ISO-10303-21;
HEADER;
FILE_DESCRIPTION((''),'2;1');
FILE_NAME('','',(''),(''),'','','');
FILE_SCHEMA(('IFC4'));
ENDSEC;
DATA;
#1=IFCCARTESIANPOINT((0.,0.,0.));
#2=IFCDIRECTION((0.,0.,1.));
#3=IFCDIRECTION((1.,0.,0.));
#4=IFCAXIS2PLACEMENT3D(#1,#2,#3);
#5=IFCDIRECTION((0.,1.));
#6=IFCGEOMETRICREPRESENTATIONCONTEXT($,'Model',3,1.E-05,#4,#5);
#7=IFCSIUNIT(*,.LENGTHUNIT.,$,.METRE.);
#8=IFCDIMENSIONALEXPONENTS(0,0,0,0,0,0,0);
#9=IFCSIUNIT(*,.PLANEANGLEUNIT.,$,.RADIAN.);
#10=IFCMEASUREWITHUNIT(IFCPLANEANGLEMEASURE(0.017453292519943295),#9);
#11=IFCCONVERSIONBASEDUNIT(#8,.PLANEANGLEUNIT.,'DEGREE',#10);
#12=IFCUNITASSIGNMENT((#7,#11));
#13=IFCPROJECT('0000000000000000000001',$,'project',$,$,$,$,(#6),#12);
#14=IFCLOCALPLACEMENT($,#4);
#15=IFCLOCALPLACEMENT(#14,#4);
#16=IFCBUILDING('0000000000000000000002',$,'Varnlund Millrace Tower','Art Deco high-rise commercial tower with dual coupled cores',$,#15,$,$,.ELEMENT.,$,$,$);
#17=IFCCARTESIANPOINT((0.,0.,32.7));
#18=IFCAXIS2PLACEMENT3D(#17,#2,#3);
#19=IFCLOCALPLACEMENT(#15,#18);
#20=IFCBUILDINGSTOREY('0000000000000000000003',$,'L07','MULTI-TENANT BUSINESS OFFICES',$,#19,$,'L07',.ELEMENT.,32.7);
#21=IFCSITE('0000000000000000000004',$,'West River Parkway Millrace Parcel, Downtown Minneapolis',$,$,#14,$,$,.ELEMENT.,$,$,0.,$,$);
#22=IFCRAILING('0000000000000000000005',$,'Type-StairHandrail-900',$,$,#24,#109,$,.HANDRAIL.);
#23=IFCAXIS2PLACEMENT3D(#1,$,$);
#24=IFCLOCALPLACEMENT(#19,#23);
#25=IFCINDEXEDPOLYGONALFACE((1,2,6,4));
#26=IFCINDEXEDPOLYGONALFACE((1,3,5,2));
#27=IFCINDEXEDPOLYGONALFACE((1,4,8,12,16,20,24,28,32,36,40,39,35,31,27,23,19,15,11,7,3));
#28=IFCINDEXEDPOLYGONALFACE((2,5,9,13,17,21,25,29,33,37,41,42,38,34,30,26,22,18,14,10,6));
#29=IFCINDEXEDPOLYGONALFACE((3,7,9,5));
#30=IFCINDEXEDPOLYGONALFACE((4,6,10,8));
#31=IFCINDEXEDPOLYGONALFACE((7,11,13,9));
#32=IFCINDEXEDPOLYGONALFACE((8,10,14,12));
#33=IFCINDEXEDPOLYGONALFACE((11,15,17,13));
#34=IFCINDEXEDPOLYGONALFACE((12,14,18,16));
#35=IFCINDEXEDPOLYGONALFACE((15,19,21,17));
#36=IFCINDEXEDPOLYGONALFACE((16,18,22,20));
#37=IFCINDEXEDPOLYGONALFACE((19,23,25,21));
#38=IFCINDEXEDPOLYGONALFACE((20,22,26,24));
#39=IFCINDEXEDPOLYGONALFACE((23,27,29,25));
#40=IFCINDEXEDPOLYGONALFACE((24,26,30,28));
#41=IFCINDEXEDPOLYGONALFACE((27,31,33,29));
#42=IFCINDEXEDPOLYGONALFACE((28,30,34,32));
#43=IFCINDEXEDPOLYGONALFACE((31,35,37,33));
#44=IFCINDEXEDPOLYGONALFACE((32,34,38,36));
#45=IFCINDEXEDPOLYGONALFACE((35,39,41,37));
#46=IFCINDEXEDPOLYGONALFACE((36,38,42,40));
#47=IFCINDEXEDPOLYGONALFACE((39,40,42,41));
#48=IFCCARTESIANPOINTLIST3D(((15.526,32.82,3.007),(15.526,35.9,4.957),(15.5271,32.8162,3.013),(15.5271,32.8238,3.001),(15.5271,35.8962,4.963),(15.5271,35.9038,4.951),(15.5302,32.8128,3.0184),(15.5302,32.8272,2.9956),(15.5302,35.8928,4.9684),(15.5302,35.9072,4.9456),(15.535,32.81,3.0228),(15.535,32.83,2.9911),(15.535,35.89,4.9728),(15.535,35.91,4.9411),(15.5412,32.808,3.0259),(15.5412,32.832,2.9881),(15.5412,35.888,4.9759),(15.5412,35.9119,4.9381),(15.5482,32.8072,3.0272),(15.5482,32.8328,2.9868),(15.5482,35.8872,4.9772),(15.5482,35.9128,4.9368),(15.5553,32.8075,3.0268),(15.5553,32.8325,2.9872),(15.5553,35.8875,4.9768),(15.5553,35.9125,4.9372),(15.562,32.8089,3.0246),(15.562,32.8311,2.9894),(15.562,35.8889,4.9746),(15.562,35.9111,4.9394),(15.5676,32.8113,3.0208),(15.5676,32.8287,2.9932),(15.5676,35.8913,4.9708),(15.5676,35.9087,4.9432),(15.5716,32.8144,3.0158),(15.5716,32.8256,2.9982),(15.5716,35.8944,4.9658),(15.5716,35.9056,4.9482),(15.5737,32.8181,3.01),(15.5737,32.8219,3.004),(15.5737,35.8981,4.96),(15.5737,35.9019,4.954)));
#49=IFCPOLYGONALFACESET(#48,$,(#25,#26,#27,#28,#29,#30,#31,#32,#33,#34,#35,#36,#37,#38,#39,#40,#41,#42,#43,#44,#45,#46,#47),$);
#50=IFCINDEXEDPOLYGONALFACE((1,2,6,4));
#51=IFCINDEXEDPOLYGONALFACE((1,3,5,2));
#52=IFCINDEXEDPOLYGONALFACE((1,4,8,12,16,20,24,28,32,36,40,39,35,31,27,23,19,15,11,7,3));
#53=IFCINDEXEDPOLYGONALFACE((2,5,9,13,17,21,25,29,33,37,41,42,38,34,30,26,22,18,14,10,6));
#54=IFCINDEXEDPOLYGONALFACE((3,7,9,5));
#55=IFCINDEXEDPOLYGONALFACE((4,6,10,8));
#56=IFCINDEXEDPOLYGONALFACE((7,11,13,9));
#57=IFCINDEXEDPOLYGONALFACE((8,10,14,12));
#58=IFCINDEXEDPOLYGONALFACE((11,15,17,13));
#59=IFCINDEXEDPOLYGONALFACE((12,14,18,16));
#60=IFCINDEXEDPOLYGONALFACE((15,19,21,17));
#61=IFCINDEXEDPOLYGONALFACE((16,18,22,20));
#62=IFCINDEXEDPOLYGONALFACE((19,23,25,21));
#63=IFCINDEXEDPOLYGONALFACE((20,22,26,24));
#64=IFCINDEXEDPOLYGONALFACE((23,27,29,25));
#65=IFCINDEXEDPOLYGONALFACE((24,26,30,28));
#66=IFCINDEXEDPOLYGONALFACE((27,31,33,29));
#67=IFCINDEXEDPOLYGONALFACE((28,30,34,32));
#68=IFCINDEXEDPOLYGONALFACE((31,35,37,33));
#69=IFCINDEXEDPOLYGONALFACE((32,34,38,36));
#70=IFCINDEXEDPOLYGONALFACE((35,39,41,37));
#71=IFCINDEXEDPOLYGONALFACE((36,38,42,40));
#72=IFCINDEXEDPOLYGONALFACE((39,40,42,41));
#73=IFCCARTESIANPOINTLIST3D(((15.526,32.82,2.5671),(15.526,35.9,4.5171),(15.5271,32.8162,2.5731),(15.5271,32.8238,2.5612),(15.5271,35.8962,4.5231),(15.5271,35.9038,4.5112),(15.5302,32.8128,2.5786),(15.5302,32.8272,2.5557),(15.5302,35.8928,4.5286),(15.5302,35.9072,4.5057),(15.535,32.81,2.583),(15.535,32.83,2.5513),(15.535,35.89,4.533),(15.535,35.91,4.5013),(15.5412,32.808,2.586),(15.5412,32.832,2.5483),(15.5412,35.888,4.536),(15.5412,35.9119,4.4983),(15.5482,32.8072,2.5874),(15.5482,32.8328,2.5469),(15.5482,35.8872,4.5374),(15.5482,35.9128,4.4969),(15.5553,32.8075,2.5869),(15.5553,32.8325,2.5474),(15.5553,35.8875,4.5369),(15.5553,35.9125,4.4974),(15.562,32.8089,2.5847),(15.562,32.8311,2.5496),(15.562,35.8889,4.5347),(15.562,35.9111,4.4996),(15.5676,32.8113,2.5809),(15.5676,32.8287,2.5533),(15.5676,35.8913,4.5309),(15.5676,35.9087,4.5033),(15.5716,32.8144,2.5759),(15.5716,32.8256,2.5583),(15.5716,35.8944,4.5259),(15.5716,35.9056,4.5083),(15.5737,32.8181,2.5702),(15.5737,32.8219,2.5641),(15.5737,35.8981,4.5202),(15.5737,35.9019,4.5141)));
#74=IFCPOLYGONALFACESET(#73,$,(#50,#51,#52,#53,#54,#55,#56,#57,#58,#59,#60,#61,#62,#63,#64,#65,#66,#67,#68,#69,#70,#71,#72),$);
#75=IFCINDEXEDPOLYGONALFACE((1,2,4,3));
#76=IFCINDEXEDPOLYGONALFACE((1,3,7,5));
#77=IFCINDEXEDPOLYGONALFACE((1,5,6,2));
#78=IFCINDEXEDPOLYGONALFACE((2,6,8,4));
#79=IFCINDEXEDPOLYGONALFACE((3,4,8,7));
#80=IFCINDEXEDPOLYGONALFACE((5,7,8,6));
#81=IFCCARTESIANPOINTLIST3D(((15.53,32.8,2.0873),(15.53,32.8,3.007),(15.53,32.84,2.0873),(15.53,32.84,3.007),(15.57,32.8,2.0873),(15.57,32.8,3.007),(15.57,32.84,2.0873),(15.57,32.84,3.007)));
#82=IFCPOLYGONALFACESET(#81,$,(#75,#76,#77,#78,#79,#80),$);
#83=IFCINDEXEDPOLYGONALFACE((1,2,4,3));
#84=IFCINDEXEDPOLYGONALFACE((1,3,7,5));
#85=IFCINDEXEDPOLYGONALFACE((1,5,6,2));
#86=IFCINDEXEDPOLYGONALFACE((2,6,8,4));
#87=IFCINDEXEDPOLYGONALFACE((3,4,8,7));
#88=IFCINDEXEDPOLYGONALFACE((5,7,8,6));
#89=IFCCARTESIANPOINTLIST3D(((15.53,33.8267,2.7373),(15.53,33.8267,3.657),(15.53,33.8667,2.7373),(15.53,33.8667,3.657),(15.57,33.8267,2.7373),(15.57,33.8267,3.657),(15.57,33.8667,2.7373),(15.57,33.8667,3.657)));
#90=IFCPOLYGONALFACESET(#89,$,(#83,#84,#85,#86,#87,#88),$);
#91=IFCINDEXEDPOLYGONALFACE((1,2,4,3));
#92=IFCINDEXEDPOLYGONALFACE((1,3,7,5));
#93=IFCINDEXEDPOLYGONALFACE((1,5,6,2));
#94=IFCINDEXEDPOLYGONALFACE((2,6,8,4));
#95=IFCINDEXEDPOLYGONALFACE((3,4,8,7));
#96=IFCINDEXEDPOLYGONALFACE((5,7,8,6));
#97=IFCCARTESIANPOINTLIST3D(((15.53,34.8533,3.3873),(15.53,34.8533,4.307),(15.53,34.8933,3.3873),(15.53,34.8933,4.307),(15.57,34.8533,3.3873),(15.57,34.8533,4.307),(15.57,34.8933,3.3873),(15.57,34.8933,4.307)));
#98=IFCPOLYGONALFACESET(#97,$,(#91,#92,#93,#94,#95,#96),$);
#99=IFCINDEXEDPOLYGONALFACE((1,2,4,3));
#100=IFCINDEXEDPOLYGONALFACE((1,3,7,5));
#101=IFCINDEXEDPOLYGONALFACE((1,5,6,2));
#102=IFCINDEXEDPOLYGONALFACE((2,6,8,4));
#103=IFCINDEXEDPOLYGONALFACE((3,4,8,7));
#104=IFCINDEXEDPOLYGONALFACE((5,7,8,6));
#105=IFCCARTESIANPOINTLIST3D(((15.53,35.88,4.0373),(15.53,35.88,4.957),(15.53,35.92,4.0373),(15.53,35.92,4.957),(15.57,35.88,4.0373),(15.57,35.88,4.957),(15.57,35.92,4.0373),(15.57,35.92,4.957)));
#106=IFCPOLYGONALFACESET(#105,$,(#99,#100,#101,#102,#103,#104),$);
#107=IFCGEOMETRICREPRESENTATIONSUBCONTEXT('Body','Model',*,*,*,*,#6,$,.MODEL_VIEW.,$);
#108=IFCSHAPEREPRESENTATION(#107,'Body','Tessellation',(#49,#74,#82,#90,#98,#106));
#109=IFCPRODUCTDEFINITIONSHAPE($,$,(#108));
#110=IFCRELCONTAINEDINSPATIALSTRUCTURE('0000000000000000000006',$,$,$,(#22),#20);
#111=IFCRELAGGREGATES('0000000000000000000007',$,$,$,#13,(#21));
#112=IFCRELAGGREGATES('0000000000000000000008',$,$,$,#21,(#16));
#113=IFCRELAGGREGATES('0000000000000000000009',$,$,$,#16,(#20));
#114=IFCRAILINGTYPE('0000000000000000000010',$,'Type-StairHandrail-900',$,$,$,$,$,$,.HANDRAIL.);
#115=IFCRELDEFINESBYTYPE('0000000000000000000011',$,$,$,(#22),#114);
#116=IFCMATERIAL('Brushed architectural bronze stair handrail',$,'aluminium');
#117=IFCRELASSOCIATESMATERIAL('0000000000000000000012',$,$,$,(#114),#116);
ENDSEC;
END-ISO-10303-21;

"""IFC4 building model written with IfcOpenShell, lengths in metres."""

from ifc_helpers import new_model, entity, si_unit, converted_unit, direction, frame, origin_with_axes, origin_2d_with_axis, place, context, subcontext, project, spatial, rectangle, circle, extrude, material, type_object, element, save


model = new_model("IFC4")

# Units and contexts
model_context = context("Model", 3, precision=1e-05, world=origin_with_axes(), true_north=direction((0.0, 1.0)))
body_context = subcontext(model_context, "Body", "Model", "MODEL_VIEW")
ifc_project = project(units=[si_unit("LENGTHUNIT", "METRE"), converted_unit("PLANEANGLEUNIT", "DEGREE", entity("IfcPlaneAngleMeasure", 0.017453292519943295), si_unit("PLANEANGLEUNIT", "RADIAN"), dimensions=[0, 0, 0, 0, 0, 0, 0])], contexts=[model_context])

# Site, building, storey
site_placement = place(None, origin_with_axes())
site = spatial("IfcSite", under=ifc_project, at=site_placement, Name="West River Parkway Millrace Parcel, Downtown Minneapolis", CompositionType="ELEMENT", RefElevation=0.0)
building_placement = place(site_placement, origin_with_axes())
building = spatial("IfcBuilding", under=site, at=building_placement, Name="Varnlund Millrace Tower", Description="Art Deco high-rise commercial tower with dual coupled cores", CompositionType="ELEMENT")
storey_placement = place(building_placement, frame((0.0, 0.0, 32.7), z_axis=(0.0, 0.0, 1.0), x_axis=(1.0, 0.0, 0.0)))
storey = spatial("IfcBuildingStorey", under=building, at=storey_placement, Name="L07", Description="MULTI-TENANT BUSINESS OFFICES", LongName="L07", CompositionType="ELEMENT", Elevation=32.7)

# Railing
ifc_material_1 = material(Name="Brushed architectural bronze stair handrail", Category="aluminium")
railing_type_1 = type_object("IfcRailingType", Name="Type-StairHandrail-900", PredefinedType="HANDRAIL", material=ifc_material_1)
railing_1_placement = place(storey_placement, frame((0.0, 0.0, -32.7), z_axis=(0.0, 0.0, 1.0), x_axis=(1.0, 0.0, 0.0)))
element("IfcRailing", 1, at=railing_1_placement, inside=storey, type_object=railing_type_1, Name="Type-StairHandrail-900", PredefinedType="HANDRAIL", context=body_context, shape_type="SweptSolid", body=[
    extrude(circle(Radius=0.024, at=origin_2d_with_axis()), frame((15.55, 32.82, 35.707), z_axis=(0.0, 0.844902, 0.534922), x_axis=(-1.0, 0.0, 0.0)), (0.0, 0.0, 1.0), 3.6454),
    extrude(circle(Radius=0.024, at=origin_2d_with_axis()), frame((15.55, 32.82, 35.2671), z_axis=(0.0, 0.844902, 0.534922), x_axis=(-1.0, 0.0, 0.0)), (0.0, 0.0, 1.0), 3.6454),
    extrude(rectangle(XDim=0.04, YDim=0.04, at=origin_2d_with_axis()), frame((15.55, 32.82, 34.7873), z_axis=(0.0, 0.0, 1.0), x_axis=(1.0, 0.0, 0.0)), (0.0, 0.0, 1.0), 0.9197),
    extrude(rectangle(XDim=0.04, YDim=0.04, at=origin_2d_with_axis()), frame((15.55, 33.8467, 35.4373), z_axis=(0.0, 0.0, 1.0), x_axis=(1.0, 0.0, 0.0)), (0.0, 0.0, 1.0), 0.9197),
    extrude(rectangle(XDim=0.04, YDim=0.04, at=origin_2d_with_axis()), frame((15.55, 34.8733, 36.0873), z_axis=(0.0, 0.0, 1.0), x_axis=(1.0, 0.0, 0.0)), (0.0, 0.0, 1.0), 0.9197),
    extrude(rectangle(XDim=0.04, YDim=0.04, at=origin_2d_with_axis()), frame((15.55, 35.9, 36.7373), z_axis=(0.0, 0.0, 1.0), x_axis=(1.0, 0.0, 0.0)), (0.0, 0.0, 1.0), 0.9197),
])

save(model, "model.ifc")
